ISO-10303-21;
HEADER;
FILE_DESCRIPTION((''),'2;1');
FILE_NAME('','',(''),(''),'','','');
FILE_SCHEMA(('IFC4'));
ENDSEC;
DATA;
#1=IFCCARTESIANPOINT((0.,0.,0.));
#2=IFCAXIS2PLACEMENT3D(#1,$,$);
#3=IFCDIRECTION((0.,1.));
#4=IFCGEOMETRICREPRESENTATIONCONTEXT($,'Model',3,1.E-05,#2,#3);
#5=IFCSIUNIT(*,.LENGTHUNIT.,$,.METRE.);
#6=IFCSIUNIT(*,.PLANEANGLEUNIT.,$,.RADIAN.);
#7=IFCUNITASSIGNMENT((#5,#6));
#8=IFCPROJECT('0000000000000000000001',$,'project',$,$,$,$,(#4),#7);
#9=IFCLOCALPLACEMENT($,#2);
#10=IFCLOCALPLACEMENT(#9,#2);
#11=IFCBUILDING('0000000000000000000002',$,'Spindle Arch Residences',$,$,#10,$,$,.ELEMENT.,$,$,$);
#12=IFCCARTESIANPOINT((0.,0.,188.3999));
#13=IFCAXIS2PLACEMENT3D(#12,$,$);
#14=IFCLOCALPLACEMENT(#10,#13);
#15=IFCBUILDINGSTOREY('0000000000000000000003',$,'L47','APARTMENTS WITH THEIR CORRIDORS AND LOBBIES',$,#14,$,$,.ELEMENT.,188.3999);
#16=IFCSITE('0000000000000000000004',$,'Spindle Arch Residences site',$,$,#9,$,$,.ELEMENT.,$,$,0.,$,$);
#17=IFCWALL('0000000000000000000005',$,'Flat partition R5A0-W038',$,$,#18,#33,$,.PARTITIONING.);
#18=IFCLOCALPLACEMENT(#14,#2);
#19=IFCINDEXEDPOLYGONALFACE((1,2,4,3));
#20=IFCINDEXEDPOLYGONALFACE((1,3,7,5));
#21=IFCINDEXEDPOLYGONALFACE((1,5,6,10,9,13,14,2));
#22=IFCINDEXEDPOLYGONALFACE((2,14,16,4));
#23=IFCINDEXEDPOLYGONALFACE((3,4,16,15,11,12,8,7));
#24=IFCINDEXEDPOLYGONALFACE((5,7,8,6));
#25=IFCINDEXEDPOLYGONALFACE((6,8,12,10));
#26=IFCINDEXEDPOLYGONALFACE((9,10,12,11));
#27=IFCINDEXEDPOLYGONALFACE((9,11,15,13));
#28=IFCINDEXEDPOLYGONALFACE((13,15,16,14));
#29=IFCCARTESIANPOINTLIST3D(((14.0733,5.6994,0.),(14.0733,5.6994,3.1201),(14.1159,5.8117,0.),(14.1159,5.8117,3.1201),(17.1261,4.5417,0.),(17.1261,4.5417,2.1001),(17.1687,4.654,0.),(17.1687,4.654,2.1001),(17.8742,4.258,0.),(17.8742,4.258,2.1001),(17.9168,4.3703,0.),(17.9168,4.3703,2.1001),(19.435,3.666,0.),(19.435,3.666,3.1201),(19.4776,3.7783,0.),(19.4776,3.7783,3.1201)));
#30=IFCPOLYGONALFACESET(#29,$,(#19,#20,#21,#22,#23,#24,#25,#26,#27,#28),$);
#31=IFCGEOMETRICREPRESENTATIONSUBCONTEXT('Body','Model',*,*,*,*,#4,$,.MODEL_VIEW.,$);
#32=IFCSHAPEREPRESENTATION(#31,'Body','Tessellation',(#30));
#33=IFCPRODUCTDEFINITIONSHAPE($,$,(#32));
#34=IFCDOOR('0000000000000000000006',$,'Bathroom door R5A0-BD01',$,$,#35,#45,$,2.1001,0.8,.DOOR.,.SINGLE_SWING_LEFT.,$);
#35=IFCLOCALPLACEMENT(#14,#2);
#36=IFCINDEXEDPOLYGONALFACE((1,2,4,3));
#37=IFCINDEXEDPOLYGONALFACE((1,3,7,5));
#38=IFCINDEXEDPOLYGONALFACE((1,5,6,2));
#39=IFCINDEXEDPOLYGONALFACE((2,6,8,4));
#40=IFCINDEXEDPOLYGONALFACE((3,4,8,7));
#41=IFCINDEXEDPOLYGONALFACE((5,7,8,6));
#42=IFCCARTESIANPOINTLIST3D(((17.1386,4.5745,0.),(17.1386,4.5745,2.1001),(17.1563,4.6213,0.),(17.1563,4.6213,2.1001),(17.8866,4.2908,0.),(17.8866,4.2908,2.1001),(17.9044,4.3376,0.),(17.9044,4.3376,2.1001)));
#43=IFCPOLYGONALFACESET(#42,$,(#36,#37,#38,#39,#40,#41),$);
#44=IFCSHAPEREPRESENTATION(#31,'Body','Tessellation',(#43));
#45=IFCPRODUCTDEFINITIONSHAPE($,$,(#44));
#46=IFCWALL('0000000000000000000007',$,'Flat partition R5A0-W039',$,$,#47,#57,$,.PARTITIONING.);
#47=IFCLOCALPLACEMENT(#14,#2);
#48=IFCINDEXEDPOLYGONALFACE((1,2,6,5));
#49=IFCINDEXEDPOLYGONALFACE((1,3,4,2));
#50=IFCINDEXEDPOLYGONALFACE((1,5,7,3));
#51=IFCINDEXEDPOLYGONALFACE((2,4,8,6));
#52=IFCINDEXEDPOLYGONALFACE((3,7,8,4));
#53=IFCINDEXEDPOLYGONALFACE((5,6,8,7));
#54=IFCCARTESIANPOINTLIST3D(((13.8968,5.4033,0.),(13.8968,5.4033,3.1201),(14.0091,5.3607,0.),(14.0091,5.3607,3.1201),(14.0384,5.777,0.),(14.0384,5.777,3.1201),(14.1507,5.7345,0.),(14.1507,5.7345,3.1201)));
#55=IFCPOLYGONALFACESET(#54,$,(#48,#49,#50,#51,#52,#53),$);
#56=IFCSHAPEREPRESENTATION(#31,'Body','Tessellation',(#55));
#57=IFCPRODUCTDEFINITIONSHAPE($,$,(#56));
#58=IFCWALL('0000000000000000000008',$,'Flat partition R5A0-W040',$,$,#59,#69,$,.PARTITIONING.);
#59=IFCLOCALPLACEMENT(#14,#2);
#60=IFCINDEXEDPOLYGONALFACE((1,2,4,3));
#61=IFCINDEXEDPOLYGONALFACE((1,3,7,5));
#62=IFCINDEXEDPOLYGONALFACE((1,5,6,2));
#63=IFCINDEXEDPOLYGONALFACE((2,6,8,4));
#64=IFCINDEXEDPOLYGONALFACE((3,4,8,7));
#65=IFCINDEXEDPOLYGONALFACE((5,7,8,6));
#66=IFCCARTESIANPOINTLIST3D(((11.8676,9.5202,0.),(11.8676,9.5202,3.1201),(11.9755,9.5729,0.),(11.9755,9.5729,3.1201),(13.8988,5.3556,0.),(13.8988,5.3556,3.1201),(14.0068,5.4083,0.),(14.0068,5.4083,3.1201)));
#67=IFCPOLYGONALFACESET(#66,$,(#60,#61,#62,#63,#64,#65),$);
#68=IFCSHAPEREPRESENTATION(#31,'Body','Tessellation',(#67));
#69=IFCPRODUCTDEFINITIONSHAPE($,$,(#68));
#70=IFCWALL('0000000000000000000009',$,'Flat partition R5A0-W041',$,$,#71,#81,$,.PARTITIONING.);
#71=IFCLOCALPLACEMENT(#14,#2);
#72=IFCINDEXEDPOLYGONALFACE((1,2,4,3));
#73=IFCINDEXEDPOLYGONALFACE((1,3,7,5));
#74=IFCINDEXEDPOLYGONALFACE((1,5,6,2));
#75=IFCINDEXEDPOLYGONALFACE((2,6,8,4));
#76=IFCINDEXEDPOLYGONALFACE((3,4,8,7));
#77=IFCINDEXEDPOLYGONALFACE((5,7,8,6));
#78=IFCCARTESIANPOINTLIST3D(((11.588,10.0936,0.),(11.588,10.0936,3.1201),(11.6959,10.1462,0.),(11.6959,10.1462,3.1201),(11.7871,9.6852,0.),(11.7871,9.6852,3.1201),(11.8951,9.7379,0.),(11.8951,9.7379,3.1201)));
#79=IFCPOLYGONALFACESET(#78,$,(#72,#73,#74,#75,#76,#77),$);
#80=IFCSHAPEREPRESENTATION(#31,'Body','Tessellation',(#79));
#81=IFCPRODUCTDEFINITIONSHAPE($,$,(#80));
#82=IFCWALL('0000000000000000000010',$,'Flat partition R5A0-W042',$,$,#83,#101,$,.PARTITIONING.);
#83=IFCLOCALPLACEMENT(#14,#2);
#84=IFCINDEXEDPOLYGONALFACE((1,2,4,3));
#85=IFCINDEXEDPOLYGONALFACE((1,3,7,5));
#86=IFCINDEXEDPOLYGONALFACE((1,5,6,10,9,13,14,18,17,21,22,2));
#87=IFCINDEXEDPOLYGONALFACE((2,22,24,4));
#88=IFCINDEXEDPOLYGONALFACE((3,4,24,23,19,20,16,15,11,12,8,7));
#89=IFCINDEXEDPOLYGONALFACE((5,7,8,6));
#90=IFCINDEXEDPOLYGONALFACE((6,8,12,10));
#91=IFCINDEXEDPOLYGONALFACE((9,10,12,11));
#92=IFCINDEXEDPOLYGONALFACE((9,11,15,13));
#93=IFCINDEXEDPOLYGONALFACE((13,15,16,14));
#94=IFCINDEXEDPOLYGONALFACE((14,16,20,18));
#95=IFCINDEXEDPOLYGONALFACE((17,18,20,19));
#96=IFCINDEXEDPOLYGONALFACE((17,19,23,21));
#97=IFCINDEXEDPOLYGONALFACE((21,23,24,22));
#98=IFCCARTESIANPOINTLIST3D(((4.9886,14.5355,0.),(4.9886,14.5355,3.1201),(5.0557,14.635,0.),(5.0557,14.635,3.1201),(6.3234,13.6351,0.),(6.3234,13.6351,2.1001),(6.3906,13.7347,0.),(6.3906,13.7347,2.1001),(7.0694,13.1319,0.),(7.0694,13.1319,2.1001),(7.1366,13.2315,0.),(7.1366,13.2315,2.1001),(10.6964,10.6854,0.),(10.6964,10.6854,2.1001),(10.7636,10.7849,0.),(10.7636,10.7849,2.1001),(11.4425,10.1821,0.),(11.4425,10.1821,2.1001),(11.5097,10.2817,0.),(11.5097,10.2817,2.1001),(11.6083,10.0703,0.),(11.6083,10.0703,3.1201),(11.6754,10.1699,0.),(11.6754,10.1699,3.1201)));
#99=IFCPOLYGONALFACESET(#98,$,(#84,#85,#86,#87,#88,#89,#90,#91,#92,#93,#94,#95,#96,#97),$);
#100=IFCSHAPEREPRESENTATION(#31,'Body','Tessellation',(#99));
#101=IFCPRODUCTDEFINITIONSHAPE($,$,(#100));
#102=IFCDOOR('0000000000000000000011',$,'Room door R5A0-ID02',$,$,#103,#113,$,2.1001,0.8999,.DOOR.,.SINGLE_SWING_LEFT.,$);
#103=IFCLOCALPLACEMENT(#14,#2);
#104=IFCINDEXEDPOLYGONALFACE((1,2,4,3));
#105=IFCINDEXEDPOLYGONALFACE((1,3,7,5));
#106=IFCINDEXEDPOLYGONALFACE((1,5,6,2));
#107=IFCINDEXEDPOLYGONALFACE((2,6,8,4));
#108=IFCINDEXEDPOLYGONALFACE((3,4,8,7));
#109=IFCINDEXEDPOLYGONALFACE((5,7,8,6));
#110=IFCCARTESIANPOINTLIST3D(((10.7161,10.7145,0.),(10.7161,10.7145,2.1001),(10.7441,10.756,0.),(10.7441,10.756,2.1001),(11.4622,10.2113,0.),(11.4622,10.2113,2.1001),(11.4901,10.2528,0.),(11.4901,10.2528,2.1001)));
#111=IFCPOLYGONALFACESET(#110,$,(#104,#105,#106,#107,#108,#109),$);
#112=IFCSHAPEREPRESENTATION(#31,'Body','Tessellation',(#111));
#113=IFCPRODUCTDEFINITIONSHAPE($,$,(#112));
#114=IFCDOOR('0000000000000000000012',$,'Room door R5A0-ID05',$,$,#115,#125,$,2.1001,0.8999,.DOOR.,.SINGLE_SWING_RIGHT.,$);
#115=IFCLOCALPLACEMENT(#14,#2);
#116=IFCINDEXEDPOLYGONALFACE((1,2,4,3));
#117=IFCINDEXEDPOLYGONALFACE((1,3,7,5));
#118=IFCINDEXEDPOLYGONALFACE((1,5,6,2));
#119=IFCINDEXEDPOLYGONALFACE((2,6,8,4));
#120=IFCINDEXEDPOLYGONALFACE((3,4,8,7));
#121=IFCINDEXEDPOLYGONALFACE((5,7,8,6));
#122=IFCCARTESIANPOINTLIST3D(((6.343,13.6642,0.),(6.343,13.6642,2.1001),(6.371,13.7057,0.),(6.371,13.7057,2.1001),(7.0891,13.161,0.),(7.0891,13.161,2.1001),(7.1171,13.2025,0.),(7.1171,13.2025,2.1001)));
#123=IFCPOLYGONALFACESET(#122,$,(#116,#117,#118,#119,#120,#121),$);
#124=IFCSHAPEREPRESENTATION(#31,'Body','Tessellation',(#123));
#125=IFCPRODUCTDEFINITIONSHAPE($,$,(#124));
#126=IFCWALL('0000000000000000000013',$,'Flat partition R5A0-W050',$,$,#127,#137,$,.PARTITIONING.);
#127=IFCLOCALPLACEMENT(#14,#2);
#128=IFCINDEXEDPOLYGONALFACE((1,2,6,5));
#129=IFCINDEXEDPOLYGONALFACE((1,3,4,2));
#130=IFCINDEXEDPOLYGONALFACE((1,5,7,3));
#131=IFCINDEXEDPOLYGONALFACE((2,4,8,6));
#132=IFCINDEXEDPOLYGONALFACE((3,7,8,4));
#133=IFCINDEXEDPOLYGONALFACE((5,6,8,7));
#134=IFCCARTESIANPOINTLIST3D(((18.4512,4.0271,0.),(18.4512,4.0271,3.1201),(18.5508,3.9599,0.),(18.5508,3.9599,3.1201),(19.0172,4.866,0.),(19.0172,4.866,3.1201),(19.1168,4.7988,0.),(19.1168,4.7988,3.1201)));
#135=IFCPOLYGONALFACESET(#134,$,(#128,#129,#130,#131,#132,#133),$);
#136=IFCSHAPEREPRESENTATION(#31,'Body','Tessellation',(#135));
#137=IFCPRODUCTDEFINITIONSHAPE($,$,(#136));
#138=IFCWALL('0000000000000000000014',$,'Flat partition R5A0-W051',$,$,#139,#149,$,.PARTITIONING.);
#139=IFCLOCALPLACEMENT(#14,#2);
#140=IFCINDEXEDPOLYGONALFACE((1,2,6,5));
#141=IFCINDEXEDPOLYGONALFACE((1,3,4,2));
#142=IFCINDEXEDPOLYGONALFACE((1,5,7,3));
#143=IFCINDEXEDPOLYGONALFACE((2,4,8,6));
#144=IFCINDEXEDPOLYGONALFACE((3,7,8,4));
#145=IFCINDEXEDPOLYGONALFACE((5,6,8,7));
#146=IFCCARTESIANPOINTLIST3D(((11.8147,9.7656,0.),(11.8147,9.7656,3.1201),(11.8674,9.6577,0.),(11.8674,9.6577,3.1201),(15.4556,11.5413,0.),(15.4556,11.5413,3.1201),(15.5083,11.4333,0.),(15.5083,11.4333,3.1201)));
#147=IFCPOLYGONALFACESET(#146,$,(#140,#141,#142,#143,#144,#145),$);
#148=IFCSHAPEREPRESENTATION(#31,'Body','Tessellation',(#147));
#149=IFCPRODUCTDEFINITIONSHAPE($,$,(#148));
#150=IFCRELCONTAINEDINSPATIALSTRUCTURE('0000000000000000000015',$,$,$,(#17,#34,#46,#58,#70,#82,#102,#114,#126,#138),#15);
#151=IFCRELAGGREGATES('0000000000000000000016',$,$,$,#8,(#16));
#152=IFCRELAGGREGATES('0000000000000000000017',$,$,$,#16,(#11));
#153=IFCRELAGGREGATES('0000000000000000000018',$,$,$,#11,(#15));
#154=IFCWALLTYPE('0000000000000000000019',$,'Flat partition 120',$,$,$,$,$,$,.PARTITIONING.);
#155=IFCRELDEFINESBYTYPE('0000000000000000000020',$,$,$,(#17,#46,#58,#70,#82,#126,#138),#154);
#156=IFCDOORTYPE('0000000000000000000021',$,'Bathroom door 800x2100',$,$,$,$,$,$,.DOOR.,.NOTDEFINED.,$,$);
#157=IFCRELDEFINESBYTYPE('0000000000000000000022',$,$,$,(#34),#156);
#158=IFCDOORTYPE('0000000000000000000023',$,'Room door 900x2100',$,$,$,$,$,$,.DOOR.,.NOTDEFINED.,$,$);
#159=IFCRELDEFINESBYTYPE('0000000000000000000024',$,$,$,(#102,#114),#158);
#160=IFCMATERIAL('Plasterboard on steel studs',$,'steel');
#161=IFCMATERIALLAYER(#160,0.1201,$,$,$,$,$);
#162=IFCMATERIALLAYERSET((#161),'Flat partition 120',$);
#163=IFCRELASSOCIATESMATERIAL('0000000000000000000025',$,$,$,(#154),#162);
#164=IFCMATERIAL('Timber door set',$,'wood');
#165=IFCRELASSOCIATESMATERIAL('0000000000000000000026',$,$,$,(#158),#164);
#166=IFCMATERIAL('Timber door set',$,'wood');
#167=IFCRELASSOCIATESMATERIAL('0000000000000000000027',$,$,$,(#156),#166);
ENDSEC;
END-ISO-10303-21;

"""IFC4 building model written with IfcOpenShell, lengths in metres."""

from ifc_helpers import new_model, si_unit, direction, frame, frame_2d, origin, place, context, subcontext, project, spatial, rectangle, extrude, material, layer, layer_set, type_object, element, fill, save


model = new_model("IFC4")

# Units and contexts
model_context = context("Model", 3, precision=1e-05, world=origin(), true_north=direction((0.0, 1.0)))
body_context = subcontext(model_context, "Body", "Model", "MODEL_VIEW")
ifc_project = project(units=[si_unit("LENGTHUNIT", "METRE"), si_unit("PLANEANGLEUNIT", "RADIAN")], contexts=[model_context])

# Site, building, storey
site_placement = place(None, origin())
site = spatial("IfcSite", under=ifc_project, at=site_placement, Name="Spindle Arch Residences site", CompositionType="ELEMENT", RefElevation=0.0)
building_placement = place(site_placement, origin())
building = spatial("IfcBuilding", under=site, at=building_placement, Name="Spindle Arch Residences", CompositionType="ELEMENT")
storey_placement = place(building_placement, frame((0.0, 0.0, 188.3999)))
storey = spatial("IfcBuildingStorey", under=building, at=storey_placement, Name="L47", Description="APARTMENTS WITH THEIR CORRIDORS AND LOBBIES", CompositionType="ELEMENT", Elevation=188.3999)

# Shared definitions
ifc_material_1 = material(Name="Plasterboard on steel studs", Category="steel")
ifc_layer_1 = layer(ifc_material_1, 0.1201)
ifc_layer_set_1 = layer_set([ifc_layer_1], Name="Flat partition 120")
wall_type_1 = type_object("IfcWallType", Name="Flat partition 120", PredefinedType="PARTITIONING", material=ifc_layer_set_1)

# Wall, opening, door
ifc_material_2 = material(Name="Timber door set", Category="wood")
door_type_1 = type_object("IfcDoorType", Name="Room door 900x2100", OperationType="NOTDEFINED", PredefinedType="DOOR", material=ifc_material_2)
wall_1_placement = place(storey_placement, frame((19.4563, 3.7222, 0.0), z_axis=(0.0, 0.0, 1.0), x_axis=(-0.935017, 0.354602, 0.0)))
wall_1 = element("IfcWall", 1, at=wall_1_placement, inside=storey, type_object=wall_type_1, Name="Flat partition R5A0-W038", PredefinedType="PARTITIONING", context=body_context, shape_type="SweptSolid", body=[
    extrude(rectangle(XDim=5.7344, YDim=0.1201, at=frame_2d((2.8672, 0.0))), origin(), (0.0, 0.0, 1.0), 3.1201),
])
opening_1_placement = place(wall_1_placement, frame((1.6694, 0.0, 0.0)))
opening_1 = element("IfcOpeningElement", 2, at=opening_1_placement, cuts=wall_1, PredefinedType="OPENING", context=body_context, shape_type="SweptSolid", body=[
    extrude(rectangle(XDim=0.8, YDim=2.1001, at=frame_2d((0.3999, 1.05))), frame((0.0, 0.0701, 0.0), z_axis=(0.0, -1.0, 0.0), x_axis=(1.0, 0.0, 0.0)), (0.0, 0.0, 1.0), 0.1401),
])
ifc_material_3 = material(Name="Timber door set", Category="wood")
door_type_2 = type_object("IfcDoorType", Name="Bathroom door 800x2100", OperationType="NOTDEFINED", PredefinedType="DOOR", material=ifc_material_3)
door_1_placement = place(opening_1_placement, origin())
door_1 = element("IfcDoor", 3, at=door_1_placement, inside=storey, type_object=door_type_2, Name="Bathroom door R5A0-BD01", OperationType="SINGLE_SWING_LEFT", OverallHeight=2.1001, OverallWidth=0.8, PredefinedType="DOOR", context=body_context, shape_type="SweptSolid", body=[
    extrude(rectangle(XDim=0.8, YDim=2.1001, at=frame_2d((0.3999, 1.05))), frame((0.0, 0.0249, 0.0), z_axis=(0.0, -1.0, 0.0), x_axis=(1.0, 0.0, 0.0)), (0.0, 0.0, 1.0), 0.05),
])
fill(opening_1, door_1)

# Walls
wall_2_placement = place(storey_placement, frame((14.0945, 5.7556, 0.0), z_axis=(0.0, 0.0, 1.0), x_axis=(-0.354268, -0.935144, 0.0)))
element("IfcWall", 4, at=wall_2_placement, inside=storey, type_object=wall_type_1, Name="Flat partition R5A0-W039", PredefinedType="PARTITIONING", context=body_context, shape_type="SweptSolid", body=[
    extrude(rectangle(XDim=0.3997, YDim=0.1201, at=frame_2d((0.1997, 0.0))), origin(), (0.0, 0.0, 1.0), 3.1201),
])
wall_3_placement = place(storey_placement, frame((13.9529, 5.3818, 0.0), z_axis=(0.0, 0.0, 1.0), x_axis=(-0.438382, 0.898789, 0.0)))
element("IfcWall", 5, at=wall_3_placement, inside=storey, type_object=wall_type_1, Name="Flat partition R5A0-W040", PredefinedType="PARTITIONING", context=body_context, shape_type="SweptSolid", body=[
    extrude(rectangle(XDim=4.6335, YDim=0.1201, at=frame_2d((2.3169, 0.0))), origin(), (0.0, 0.0, 1.0), 3.1201),
])
wall_4_placement = place(storey_placement, frame((11.8411, 9.7117, 0.0), z_axis=(0.0, 0.0, 1.0), x_axis=(-0.438381, 0.898789, 0.0)))
element("IfcWall", 6, at=wall_4_placement, inside=storey, type_object=wall_type_1, Name="Flat partition R5A0-W041", PredefinedType="PARTITIONING", context=body_context, shape_type="SweptSolid", body=[
    extrude(rectangle(XDim=0.4543, YDim=0.1201, at=frame_2d((0.2271, 0.0))), origin(), (0.0, 0.0, 1.0), 3.1201),
])

# Wall, openings, doors
wall_5_placement = place(storey_placement, frame((11.6418, 10.1201, 0.0), z_axis=(0.0, 0.0, 1.0), x_axis=(-0.829032, 0.559201, 0.0)))
wall_5 = element("IfcWall", 7, at=wall_5_placement, inside=storey, type_object=wall_type_1, Name="Flat partition R5A0-W042", PredefinedType="PARTITIONING", context=body_context, shape_type="SweptSolid", body=[
    extrude(rectangle(XDim=7.9849, YDim=0.1201, at=frame_2d((3.9924, 0.0))), origin(), (0.0, 0.0, 1.0), 3.1201),
])
opening_2_placement = place(wall_5_placement, frame((0.2, 0.0, 0.0)))
opening_2 = element("IfcOpeningElement", 8, at=opening_2_placement, cuts=wall_5, PredefinedType="OPENING", context=body_context, shape_type="SweptSolid", body=[
    extrude(rectangle(XDim=0.8999, YDim=2.1001, at=frame_2d((0.45, 1.05))), frame((0.0, 0.0701, 0.0), z_axis=(0.0, -1.0, 0.0), x_axis=(1.0, 0.0, 0.0)), (0.0, 0.0, 1.0), 0.1401),
])
opening_3_placement = place(wall_5_placement, frame((5.4749, 0.0, 0.0)))
opening_3 = element("IfcOpeningElement", 9, at=opening_3_placement, cuts=wall_5, PredefinedType="OPENING", context=body_context, shape_type="SweptSolid", body=[
    extrude(rectangle(XDim=0.8999, YDim=2.1001, at=frame_2d((0.45, 1.05))), frame((0.0, 0.0701, 0.0), z_axis=(0.0, -1.0, 0.0), x_axis=(1.0, 0.0, 0.0)), (0.0, 0.0, 1.0), 0.1401),
])
door_2_placement = place(opening_2_placement, origin())
door_2 = element("IfcDoor", 10, at=door_2_placement, inside=storey, type_object=door_type_1, Name="Room door R5A0-ID02", OperationType="SINGLE_SWING_LEFT", OverallHeight=2.1001, OverallWidth=0.8999, PredefinedType="DOOR", context=body_context, shape_type="SweptSolid", body=[
    extrude(rectangle(XDim=0.8999, YDim=2.1001, at=frame_2d((0.45, 1.05))), frame((0.0, 0.0249, 0.0), z_axis=(0.0, -1.0, 0.0), x_axis=(1.0, 0.0, 0.0)), (0.0, 0.0, 1.0), 0.05),
])
fill(opening_2, door_2)
door_3_placement = place(opening_3_placement, origin())
door_3 = element("IfcDoor", 11, at=door_3_placement, inside=storey, type_object=door_type_1, Name="Room door R5A0-ID05", OperationType="SINGLE_SWING_RIGHT", OverallHeight=2.1001, OverallWidth=0.8999, PredefinedType="DOOR", context=body_context, shape_type="SweptSolid", body=[
    extrude(rectangle(XDim=0.8999, YDim=2.1001, at=frame_2d((0.45, 1.05))), frame((0.0, 0.0249, 0.0), z_axis=(0.0, -1.0, 0.0), x_axis=(1.0, 0.0, 0.0)), (0.0, 0.0, 1.0), 0.05),
])
fill(opening_3, door_3)

# Walls
wall_6_placement = place(storey_placement, frame((19.0669, 4.8323, 0.0), z_axis=(0.0, 0.0, 1.0), x_axis=(-0.559257, -0.828994, 0.0)))
element("IfcWall", 12, at=wall_6_placement, inside=storey, type_object=wall_type_1, Name="Flat partition R5A0-W050", PredefinedType="PARTITIONING", context=body_context, shape_type="SweptSolid", body=[
    extrude(rectangle(XDim=1.012, YDim=0.1201, at=frame_2d((0.5059, 0.0))), origin(), (0.0, 0.0, 1.0), 3.1201),
])
wall_7_placement = place(storey_placement, frame((15.4819, 11.4873, 0.0), z_axis=(0.0, 0.0, 1.0), x_axis=(-0.898807, -0.438344, 0.0)))
element("IfcWall", 13, at=wall_7_placement, inside=storey, type_object=wall_type_1, Name="Flat partition R5A0-W051", PredefinedType="PARTITIONING", context=body_context, shape_type="SweptSolid", body=[
    extrude(rectangle(XDim=4.0508, YDim=0.1201, at=frame_2d((2.0254, 0.0))), origin(), (0.0, 0.0, 1.0), 3.1201),
])

save(model, "model.ifc")
